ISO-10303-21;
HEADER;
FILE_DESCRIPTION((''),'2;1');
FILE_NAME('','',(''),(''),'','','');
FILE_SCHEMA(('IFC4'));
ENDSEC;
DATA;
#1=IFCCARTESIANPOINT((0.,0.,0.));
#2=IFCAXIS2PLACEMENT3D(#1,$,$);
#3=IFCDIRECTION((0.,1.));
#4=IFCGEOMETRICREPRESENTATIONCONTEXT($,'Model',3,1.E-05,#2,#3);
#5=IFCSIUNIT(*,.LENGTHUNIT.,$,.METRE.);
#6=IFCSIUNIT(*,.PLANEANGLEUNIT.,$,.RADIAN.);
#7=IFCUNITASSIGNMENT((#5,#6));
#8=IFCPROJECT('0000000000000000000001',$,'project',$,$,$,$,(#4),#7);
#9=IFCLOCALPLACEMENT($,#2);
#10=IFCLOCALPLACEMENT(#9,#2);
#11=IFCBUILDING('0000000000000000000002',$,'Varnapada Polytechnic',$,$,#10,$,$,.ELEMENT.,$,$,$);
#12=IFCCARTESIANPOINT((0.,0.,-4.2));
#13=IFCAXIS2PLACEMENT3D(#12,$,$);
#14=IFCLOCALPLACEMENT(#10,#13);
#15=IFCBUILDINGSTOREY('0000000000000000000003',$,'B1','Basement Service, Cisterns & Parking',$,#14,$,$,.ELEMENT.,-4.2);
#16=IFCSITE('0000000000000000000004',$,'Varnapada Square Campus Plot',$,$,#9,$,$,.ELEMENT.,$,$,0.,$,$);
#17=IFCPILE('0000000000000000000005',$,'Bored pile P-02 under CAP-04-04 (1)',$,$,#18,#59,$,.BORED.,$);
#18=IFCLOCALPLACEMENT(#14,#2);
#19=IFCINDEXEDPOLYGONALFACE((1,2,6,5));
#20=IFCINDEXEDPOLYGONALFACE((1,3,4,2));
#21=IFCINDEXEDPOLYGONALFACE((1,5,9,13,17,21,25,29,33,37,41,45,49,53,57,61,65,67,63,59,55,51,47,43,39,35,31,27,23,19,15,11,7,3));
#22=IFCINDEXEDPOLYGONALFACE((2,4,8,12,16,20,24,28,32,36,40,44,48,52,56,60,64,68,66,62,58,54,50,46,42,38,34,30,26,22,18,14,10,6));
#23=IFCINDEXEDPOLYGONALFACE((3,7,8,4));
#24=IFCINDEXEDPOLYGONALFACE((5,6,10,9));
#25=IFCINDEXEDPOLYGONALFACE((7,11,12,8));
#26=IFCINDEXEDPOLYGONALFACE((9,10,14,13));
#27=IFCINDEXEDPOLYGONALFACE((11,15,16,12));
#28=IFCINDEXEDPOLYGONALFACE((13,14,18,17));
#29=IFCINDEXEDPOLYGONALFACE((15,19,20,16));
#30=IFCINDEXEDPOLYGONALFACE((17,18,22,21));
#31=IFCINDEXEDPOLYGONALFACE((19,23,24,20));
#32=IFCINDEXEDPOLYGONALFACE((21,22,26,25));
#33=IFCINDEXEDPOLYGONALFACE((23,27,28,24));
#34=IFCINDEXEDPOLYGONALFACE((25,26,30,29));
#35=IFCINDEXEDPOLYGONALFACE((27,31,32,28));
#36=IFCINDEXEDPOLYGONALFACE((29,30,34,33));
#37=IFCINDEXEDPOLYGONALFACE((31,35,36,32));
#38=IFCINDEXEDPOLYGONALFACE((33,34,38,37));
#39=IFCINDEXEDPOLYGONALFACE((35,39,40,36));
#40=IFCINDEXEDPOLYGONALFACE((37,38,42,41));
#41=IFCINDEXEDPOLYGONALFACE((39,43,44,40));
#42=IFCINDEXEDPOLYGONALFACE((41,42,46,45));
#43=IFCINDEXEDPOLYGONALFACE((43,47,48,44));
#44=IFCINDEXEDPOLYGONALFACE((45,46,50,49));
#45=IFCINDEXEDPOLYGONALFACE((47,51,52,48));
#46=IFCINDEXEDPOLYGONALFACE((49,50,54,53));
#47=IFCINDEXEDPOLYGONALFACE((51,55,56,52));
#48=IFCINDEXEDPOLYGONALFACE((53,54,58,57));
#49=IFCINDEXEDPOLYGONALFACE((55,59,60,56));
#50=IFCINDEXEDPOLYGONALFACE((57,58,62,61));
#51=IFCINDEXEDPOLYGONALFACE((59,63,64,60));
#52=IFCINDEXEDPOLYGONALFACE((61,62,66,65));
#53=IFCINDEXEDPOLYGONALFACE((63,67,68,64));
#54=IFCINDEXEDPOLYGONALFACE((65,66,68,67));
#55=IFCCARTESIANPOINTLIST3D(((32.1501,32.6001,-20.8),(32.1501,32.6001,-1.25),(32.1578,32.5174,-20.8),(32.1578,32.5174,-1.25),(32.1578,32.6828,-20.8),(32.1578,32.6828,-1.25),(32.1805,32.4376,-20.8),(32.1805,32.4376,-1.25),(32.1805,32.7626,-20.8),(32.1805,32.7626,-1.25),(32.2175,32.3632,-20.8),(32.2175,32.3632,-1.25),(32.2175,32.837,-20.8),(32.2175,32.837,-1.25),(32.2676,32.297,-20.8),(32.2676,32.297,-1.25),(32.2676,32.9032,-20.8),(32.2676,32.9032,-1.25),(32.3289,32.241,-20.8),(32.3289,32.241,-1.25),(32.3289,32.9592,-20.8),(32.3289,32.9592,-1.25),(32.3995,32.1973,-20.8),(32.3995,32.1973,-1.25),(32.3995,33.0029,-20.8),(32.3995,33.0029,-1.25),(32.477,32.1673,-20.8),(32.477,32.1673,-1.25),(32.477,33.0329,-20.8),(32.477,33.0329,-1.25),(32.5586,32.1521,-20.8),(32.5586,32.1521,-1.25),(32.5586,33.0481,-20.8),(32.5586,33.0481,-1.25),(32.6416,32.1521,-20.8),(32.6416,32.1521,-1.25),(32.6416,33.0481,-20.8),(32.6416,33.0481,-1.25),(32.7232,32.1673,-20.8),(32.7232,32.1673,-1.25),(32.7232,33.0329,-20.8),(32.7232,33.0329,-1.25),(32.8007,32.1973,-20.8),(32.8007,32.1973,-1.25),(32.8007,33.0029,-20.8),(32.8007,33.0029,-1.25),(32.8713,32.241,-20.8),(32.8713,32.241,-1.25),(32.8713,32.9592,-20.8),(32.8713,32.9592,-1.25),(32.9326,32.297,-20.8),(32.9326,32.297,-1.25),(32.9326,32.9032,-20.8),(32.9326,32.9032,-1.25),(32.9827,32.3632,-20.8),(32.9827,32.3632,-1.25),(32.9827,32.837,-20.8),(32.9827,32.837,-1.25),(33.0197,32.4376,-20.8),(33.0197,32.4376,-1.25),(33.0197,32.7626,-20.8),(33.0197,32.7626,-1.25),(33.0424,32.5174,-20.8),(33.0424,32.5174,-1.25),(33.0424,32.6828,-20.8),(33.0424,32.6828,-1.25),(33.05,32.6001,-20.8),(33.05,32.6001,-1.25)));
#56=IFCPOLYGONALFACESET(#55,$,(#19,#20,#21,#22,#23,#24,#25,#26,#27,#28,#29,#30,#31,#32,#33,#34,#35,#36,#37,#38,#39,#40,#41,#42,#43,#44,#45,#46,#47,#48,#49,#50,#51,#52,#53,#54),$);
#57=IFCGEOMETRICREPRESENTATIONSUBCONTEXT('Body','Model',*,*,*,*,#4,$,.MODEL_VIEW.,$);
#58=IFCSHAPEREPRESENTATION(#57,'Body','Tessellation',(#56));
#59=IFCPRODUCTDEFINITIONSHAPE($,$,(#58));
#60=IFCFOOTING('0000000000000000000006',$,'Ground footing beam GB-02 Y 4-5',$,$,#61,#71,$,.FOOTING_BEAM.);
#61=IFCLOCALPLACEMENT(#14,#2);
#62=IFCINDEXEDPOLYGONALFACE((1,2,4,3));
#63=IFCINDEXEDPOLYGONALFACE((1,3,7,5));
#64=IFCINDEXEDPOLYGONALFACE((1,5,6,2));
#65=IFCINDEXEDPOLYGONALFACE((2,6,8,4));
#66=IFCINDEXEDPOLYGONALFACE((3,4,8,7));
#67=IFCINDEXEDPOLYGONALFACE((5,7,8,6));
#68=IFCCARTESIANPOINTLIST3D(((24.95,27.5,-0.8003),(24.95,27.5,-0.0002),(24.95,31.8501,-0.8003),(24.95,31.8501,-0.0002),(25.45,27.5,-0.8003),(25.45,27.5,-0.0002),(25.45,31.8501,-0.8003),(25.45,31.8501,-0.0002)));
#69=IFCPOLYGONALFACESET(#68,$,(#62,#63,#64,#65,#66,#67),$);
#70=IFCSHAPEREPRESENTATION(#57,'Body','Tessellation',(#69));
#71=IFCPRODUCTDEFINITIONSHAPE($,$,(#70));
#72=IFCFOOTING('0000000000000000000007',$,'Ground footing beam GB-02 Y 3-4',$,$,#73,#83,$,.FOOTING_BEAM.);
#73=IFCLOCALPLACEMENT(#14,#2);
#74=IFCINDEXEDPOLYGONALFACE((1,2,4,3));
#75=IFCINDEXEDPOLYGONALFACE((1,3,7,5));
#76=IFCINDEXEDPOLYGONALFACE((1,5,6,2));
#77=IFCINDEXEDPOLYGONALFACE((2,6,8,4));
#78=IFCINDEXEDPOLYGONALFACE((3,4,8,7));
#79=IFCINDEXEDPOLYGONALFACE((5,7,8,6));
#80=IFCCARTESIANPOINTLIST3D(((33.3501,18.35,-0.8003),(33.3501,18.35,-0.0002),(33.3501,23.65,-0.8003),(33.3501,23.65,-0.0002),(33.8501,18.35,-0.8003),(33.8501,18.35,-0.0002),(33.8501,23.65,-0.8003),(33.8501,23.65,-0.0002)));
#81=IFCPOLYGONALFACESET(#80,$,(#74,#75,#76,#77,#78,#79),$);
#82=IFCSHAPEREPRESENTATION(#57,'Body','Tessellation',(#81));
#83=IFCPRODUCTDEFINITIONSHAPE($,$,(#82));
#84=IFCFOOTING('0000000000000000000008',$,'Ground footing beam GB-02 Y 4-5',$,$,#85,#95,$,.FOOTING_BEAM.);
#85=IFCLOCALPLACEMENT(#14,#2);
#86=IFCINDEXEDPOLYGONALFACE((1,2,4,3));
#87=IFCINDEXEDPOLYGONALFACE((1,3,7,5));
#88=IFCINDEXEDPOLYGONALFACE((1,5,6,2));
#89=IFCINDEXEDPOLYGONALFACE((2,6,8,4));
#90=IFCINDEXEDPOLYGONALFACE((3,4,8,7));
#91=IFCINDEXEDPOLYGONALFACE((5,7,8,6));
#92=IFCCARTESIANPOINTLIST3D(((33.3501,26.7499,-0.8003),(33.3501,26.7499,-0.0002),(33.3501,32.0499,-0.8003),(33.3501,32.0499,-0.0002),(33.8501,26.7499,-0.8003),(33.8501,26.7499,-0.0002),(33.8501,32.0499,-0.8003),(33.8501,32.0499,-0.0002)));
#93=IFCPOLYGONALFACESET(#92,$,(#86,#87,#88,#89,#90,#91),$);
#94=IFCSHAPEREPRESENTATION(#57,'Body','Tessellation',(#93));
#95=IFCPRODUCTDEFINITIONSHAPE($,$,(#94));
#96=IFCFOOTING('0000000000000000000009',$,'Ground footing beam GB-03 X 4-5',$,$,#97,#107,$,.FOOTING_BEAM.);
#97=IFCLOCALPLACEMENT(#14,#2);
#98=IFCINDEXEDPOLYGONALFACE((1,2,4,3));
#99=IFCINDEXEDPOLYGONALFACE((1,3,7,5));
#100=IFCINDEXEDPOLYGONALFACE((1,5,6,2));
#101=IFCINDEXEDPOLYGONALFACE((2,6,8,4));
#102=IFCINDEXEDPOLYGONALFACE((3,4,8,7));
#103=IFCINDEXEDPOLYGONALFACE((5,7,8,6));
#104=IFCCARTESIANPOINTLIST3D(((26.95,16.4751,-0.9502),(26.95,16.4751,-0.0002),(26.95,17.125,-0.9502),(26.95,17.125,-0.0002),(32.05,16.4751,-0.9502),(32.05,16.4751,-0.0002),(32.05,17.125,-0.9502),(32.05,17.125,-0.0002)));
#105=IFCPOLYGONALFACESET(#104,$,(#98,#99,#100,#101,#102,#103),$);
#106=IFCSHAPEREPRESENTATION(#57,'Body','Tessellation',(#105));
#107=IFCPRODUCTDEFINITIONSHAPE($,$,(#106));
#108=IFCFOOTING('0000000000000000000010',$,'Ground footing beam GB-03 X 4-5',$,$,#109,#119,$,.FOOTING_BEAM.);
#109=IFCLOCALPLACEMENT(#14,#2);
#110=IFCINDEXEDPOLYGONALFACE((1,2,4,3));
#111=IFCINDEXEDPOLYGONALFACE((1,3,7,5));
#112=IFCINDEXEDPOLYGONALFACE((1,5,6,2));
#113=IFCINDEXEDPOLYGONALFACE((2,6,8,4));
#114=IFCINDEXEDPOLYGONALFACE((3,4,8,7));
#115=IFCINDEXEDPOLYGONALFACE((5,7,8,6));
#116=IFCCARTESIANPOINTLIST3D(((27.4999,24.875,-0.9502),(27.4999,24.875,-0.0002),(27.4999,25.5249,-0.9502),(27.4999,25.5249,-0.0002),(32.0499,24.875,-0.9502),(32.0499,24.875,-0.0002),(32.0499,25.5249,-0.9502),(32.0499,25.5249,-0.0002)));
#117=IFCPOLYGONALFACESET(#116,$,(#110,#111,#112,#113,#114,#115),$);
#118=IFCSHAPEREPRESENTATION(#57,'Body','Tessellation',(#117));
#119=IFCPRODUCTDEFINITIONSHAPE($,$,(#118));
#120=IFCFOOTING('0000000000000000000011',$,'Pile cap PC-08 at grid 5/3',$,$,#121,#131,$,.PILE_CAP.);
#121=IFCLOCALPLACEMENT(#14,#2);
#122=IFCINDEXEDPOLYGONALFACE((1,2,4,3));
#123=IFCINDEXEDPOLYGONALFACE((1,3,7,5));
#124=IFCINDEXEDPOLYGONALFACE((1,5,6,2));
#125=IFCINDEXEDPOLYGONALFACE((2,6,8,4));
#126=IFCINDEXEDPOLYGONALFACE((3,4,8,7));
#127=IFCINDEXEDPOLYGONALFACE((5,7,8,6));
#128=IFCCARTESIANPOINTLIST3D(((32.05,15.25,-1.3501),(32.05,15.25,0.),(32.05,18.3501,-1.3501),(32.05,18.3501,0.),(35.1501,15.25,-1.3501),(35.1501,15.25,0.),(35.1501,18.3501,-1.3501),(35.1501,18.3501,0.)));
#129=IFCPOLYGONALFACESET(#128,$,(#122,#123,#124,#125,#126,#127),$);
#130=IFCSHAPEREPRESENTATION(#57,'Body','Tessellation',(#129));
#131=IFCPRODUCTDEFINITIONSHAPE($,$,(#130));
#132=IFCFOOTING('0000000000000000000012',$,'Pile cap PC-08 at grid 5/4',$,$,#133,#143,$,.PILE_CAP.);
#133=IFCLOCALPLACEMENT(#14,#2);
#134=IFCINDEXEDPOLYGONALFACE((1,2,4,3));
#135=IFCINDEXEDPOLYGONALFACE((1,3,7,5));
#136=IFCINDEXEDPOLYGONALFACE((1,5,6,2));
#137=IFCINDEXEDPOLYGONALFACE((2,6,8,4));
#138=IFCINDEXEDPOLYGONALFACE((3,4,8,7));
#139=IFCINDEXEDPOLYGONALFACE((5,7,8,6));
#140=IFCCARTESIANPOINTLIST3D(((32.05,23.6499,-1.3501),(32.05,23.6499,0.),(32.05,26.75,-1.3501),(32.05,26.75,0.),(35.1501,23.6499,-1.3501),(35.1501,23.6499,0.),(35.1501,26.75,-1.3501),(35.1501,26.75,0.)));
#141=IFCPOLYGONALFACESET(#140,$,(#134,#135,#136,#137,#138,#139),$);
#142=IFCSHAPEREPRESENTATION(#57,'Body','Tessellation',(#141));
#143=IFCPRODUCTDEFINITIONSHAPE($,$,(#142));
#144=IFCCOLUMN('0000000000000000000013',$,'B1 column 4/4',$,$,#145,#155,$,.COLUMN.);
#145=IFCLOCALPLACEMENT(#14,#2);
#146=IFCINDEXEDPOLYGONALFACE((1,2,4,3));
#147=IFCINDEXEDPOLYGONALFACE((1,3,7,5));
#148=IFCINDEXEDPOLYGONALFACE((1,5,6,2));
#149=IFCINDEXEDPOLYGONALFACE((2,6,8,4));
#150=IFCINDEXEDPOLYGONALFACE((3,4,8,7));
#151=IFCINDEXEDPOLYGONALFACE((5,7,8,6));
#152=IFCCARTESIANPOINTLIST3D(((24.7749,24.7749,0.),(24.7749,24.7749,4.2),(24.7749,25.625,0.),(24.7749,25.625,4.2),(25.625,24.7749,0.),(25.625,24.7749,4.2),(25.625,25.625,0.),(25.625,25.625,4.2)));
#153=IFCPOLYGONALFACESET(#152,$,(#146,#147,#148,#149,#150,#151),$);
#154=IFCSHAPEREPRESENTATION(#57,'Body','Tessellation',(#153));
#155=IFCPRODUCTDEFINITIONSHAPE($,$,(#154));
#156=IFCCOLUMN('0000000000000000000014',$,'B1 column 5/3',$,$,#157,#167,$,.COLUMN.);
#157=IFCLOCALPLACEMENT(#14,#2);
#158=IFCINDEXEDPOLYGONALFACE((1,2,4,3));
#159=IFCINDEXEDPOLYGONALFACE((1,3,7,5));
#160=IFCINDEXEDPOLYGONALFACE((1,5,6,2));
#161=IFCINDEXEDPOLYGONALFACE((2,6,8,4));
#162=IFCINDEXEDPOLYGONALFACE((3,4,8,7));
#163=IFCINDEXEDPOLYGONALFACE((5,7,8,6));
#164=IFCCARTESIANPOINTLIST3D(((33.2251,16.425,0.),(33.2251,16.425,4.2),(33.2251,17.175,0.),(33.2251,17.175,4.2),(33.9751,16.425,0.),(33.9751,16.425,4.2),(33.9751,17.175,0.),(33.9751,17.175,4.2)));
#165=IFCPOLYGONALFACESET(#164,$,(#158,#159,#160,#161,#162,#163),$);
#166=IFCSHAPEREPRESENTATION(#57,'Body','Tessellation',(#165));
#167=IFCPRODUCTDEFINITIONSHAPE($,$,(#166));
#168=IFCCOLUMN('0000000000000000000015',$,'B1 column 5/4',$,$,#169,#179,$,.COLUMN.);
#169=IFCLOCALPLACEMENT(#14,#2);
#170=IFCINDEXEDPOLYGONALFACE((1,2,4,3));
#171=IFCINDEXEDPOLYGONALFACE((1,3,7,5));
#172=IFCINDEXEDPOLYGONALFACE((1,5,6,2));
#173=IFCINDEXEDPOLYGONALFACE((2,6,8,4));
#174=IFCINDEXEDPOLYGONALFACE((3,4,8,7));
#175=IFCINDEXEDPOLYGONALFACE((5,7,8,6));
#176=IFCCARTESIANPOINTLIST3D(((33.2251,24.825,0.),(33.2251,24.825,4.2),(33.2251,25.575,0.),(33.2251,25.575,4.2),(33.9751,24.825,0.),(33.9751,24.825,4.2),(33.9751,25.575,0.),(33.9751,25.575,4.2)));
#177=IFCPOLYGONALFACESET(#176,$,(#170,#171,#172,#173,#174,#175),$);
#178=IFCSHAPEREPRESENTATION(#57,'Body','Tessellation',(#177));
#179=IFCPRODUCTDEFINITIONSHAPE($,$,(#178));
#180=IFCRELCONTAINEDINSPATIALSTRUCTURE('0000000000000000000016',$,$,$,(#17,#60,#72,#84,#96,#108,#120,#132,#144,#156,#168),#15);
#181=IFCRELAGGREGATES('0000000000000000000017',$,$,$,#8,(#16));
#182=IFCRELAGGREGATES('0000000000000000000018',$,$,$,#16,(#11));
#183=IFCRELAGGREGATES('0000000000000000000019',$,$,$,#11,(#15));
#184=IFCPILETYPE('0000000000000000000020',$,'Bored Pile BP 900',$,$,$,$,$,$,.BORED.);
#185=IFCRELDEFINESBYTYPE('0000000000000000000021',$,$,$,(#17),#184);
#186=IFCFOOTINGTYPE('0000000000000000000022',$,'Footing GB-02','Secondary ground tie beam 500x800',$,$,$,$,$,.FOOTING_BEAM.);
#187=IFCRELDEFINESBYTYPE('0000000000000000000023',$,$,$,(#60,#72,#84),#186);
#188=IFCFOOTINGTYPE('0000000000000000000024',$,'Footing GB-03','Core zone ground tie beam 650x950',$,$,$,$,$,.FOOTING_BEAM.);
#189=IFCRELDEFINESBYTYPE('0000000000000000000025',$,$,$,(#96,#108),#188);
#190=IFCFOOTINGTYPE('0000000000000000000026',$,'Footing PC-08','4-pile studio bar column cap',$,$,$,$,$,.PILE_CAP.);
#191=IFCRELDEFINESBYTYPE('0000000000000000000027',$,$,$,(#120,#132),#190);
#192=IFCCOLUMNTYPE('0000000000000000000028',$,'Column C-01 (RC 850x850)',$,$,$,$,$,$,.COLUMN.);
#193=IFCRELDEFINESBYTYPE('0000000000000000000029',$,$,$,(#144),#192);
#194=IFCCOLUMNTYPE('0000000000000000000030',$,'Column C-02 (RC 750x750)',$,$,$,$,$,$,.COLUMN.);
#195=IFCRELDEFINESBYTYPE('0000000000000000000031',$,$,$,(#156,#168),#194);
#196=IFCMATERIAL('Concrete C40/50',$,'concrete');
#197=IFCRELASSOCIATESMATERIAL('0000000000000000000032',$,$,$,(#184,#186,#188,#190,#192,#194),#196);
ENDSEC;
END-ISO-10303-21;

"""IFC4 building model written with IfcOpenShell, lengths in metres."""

from ifc_helpers import new_model, si_unit, direction, frame, origin, origin_2d, place, context, subcontext, project, spatial, rectangle, circle, extrude, material, material_profile, profile_set, type_object, element, save


model = new_model("IFC4")

# Units and contexts
model_context = context("Model", 3, precision=1e-05, world=origin(), true_north=direction((0.0, 1.0)))
body_context = subcontext(model_context, "Body", "Model", "MODEL_VIEW")
ifc_project = project(units=[si_unit("LENGTHUNIT", "METRE"), si_unit("PLANEANGLEUNIT", "RADIAN")], contexts=[model_context])

# Site, building, storey
site_placement = place(None, origin())
site = spatial("IfcSite", under=ifc_project, at=site_placement, Name="Varnapada Square Campus Plot", CompositionType="ELEMENT", RefElevation=0.0)
building_placement = place(site_placement, origin())
building = spatial("IfcBuilding", under=site, at=building_placement, Name="Varnapada Polytechnic", CompositionType="ELEMENT")
storey_placement = place(building_placement, frame((0.0, 0.0, -4.2)))
storey = spatial("IfcBuildingStorey", under=building, at=storey_placement, Name="B1", Description="Basement Service, Cisterns & Parking", CompositionType="ELEMENT", Elevation=-4.2)

# Pile
ifc_material_1 = material(Name="Concrete C40/50", Category="concrete")
ifc_material_profile_1 = material_profile(ifc_material_1, circle(Radius=0.45, at=origin_2d()), Name="BP 900")
ifc_profile_set_1 = profile_set([ifc_material_profile_1], Name="Concrete C40/50")
pile_type_1 = type_object("IfcPileType", Name="Bored Pile BP 900", PredefinedType="BORED", material=ifc_profile_set_1)
for number, where, z_axis, x_axis, name in (
    (1, (32.6001, 32.6001, -1.25), (0.0, 0.0, -1.0), (1.0, 0.0, 0.0), "Bored pile P-02 under CAP-04-04 (1)"),
):
    element("IfcPile", number, at=place(storey_placement, frame(where, z_axis=z_axis, x_axis=x_axis)), inside=storey, type_object=pile_type_1, Name=name, PredefinedType="BORED", context=body_context, shape_type="SweptSolid", body=[
        extrude(circle(Radius=0.45, at=origin_2d()), origin(), (0.0, 0.0, 1.0), 19.55),
    ])

# Footings
footing_type_1 = type_object("IfcFootingType", Name="Footing GB-02", Description="Secondary ground tie beam 500x800", PredefinedType="FOOTING_BEAM", material=ifc_material_1)
footing_1_placement = place(storey_placement, frame((25.2, 29.675, -0.8003), z_axis=(0.0, 0.0, 1.0), x_axis=(0.0, 1.0, 0.0)))
element("IfcFooting", 2, at=footing_1_placement, inside=storey, type_object=footing_type_1, Name="Ground footing beam GB-02 Y 4-5", PredefinedType="FOOTING_BEAM", context=body_context, shape_type="SweptSolid", body=[
    extrude(rectangle(XDim=4.3501, YDim=0.5, at=origin_2d()), origin(), (0.0, 0.0, 1.0), 0.8),
])
for number, where, z_axis, x_axis, name in (
    (3, (33.6001, 21.0, -0.8003), (0.0, 0.0, 1.0), (0.0, 1.0, 0.0), "Ground footing beam GB-02 Y 3-4"),
    (4, (33.6001, 29.3999, -0.8003), (0.0, 0.0, 1.0), (0.0, 1.0, 0.0), "Ground footing beam GB-02 Y 4-5"),
):
    element("IfcFooting", number, at=place(storey_placement, frame(where, z_axis=z_axis, x_axis=x_axis)), inside=storey, type_object=footing_type_1, Name=name, PredefinedType="FOOTING_BEAM", context=body_context, shape_type="SweptSolid", body=[
        extrude(rectangle(XDim=5.3, YDim=0.5, at=origin_2d()), origin(), (0.0, 0.0, 1.0), 0.8),
    ])
footing_type_2 = type_object("IfcFootingType", Name="Footing GB-03", Description="Core zone ground tie beam 650x950", PredefinedType="FOOTING_BEAM", material=ifc_material_1)
footing_2_placement = place(storey_placement, frame((29.5, 16.8, -0.9502), z_axis=(0.0, 0.0, 1.0), x_axis=(1.0, 0.0, 0.0)))
element("IfcFooting", 5, at=footing_2_placement, inside=storey, type_object=footing_type_2, Name="Ground footing beam GB-03 X 4-5", PredefinedType="FOOTING_BEAM", context=body_context, shape_type="SweptSolid", body=[
    extrude(rectangle(XDim=5.1001, YDim=0.6499, at=origin_2d()), origin(), (0.0, 0.0, 1.0), 0.95),
])
footing_3_placement = place(storey_placement, frame((29.7749, 25.2, -0.9502), z_axis=(0.0, 0.0, 1.0), x_axis=(1.0, 0.0, 0.0)))
element("IfcFooting", 6, at=footing_3_placement, inside=storey, type_object=footing_type_2, Name="Ground footing beam GB-03 X 4-5", PredefinedType="FOOTING_BEAM", context=body_context, shape_type="SweptSolid", body=[
    extrude(rectangle(XDim=4.55, YDim=0.6499, at=origin_2d()), origin(), (0.0, 0.0, 1.0), 0.95),
])
footing_type_3 = type_object("IfcFootingType", Name="Footing PC-08", Description="4-pile studio bar column cap", PredefinedType="PILE_CAP", material=ifc_material_1)
for number, where, z_axis, x_axis, name in (
    (7, (33.6001, 16.8, -1.3501), (0.0, 0.0, 1.0), (1.0, 0.0, 0.0), "Pile cap PC-08 at grid 5/3"),
    (8, (33.6001, 25.2, -1.3501), (0.0, 0.0, 1.0), (1.0, 0.0, 0.0), "Pile cap PC-08 at grid 5/4"),
):
    element("IfcFooting", number, at=place(storey_placement, frame(where, z_axis=z_axis, x_axis=x_axis)), inside=storey, type_object=footing_type_3, Name=name, PredefinedType="PILE_CAP", context=body_context, shape_type="SweptSolid", body=[
        extrude(rectangle(XDim=3.1001, YDim=3.1001, at=origin_2d()), origin(), (0.0, 0.0, 1.0), 1.3501),
    ])

# Columns
ifc_material_profile_2 = material_profile(ifc_material_1, rectangle(XDim=0.8501, YDim=0.8501, at=origin_2d()), Name="RC 850x850")
ifc_profile_set_2 = profile_set([ifc_material_profile_2], Name="Concrete C40/50")
column_type_1 = type_object("IfcColumnType", Name="Column C-01 (RC 850x850)", PredefinedType="COLUMN", material=ifc_profile_set_2)
column_placement = place(storey_placement, frame((25.2, 25.2, 0.0), z_axis=(0.0, 0.0, 1.0), x_axis=(1.0, 0.0, 0.0)))
element("IfcColumn", 9, at=column_placement, inside=storey, type_object=column_type_1, Name="B1 column 4/4", PredefinedType="COLUMN", context=body_context, shape_type="SweptSolid", body=[
    extrude(rectangle(XDim=0.8501, YDim=0.8501, at=origin_2d()), origin(), (0.0, 0.0, 1.0), 4.2),
])
ifc_material_profile_3 = material_profile(ifc_material_1, rectangle(XDim=0.75, YDim=0.75, at=origin_2d()), Name="RC 750x750")
ifc_profile_set_3 = profile_set([ifc_material_profile_3], Name="Concrete C40/50")
column_type_2 = type_object("IfcColumnType", Name="Column C-02 (RC 750x750)", PredefinedType="COLUMN", material=ifc_profile_set_3)
for number, where, z_axis, x_axis, name in (
    (10, (33.6001, 16.8, 0.0), (0.0, 0.0, 1.0), (1.0, 0.0, 0.0), "B1 column 5/3"),
    (11, (33.6001, 25.2, 0.0), (0.0, 0.0, 1.0), (1.0, 0.0, 0.0), "B1 column 5/4"),
):
    element("IfcColumn", number, at=place(storey_placement, frame(where, z_axis=z_axis, x_axis=x_axis)), inside=storey, type_object=column_type_2, Name=name, PredefinedType="COLUMN", context=body_context, shape_type="SweptSolid", body=[
        extrude(rectangle(XDim=0.75, YDim=0.75, at=origin_2d()), origin(), (0.0, 0.0, 1.0), 4.2),
    ])

save(model, "model.ifc")
